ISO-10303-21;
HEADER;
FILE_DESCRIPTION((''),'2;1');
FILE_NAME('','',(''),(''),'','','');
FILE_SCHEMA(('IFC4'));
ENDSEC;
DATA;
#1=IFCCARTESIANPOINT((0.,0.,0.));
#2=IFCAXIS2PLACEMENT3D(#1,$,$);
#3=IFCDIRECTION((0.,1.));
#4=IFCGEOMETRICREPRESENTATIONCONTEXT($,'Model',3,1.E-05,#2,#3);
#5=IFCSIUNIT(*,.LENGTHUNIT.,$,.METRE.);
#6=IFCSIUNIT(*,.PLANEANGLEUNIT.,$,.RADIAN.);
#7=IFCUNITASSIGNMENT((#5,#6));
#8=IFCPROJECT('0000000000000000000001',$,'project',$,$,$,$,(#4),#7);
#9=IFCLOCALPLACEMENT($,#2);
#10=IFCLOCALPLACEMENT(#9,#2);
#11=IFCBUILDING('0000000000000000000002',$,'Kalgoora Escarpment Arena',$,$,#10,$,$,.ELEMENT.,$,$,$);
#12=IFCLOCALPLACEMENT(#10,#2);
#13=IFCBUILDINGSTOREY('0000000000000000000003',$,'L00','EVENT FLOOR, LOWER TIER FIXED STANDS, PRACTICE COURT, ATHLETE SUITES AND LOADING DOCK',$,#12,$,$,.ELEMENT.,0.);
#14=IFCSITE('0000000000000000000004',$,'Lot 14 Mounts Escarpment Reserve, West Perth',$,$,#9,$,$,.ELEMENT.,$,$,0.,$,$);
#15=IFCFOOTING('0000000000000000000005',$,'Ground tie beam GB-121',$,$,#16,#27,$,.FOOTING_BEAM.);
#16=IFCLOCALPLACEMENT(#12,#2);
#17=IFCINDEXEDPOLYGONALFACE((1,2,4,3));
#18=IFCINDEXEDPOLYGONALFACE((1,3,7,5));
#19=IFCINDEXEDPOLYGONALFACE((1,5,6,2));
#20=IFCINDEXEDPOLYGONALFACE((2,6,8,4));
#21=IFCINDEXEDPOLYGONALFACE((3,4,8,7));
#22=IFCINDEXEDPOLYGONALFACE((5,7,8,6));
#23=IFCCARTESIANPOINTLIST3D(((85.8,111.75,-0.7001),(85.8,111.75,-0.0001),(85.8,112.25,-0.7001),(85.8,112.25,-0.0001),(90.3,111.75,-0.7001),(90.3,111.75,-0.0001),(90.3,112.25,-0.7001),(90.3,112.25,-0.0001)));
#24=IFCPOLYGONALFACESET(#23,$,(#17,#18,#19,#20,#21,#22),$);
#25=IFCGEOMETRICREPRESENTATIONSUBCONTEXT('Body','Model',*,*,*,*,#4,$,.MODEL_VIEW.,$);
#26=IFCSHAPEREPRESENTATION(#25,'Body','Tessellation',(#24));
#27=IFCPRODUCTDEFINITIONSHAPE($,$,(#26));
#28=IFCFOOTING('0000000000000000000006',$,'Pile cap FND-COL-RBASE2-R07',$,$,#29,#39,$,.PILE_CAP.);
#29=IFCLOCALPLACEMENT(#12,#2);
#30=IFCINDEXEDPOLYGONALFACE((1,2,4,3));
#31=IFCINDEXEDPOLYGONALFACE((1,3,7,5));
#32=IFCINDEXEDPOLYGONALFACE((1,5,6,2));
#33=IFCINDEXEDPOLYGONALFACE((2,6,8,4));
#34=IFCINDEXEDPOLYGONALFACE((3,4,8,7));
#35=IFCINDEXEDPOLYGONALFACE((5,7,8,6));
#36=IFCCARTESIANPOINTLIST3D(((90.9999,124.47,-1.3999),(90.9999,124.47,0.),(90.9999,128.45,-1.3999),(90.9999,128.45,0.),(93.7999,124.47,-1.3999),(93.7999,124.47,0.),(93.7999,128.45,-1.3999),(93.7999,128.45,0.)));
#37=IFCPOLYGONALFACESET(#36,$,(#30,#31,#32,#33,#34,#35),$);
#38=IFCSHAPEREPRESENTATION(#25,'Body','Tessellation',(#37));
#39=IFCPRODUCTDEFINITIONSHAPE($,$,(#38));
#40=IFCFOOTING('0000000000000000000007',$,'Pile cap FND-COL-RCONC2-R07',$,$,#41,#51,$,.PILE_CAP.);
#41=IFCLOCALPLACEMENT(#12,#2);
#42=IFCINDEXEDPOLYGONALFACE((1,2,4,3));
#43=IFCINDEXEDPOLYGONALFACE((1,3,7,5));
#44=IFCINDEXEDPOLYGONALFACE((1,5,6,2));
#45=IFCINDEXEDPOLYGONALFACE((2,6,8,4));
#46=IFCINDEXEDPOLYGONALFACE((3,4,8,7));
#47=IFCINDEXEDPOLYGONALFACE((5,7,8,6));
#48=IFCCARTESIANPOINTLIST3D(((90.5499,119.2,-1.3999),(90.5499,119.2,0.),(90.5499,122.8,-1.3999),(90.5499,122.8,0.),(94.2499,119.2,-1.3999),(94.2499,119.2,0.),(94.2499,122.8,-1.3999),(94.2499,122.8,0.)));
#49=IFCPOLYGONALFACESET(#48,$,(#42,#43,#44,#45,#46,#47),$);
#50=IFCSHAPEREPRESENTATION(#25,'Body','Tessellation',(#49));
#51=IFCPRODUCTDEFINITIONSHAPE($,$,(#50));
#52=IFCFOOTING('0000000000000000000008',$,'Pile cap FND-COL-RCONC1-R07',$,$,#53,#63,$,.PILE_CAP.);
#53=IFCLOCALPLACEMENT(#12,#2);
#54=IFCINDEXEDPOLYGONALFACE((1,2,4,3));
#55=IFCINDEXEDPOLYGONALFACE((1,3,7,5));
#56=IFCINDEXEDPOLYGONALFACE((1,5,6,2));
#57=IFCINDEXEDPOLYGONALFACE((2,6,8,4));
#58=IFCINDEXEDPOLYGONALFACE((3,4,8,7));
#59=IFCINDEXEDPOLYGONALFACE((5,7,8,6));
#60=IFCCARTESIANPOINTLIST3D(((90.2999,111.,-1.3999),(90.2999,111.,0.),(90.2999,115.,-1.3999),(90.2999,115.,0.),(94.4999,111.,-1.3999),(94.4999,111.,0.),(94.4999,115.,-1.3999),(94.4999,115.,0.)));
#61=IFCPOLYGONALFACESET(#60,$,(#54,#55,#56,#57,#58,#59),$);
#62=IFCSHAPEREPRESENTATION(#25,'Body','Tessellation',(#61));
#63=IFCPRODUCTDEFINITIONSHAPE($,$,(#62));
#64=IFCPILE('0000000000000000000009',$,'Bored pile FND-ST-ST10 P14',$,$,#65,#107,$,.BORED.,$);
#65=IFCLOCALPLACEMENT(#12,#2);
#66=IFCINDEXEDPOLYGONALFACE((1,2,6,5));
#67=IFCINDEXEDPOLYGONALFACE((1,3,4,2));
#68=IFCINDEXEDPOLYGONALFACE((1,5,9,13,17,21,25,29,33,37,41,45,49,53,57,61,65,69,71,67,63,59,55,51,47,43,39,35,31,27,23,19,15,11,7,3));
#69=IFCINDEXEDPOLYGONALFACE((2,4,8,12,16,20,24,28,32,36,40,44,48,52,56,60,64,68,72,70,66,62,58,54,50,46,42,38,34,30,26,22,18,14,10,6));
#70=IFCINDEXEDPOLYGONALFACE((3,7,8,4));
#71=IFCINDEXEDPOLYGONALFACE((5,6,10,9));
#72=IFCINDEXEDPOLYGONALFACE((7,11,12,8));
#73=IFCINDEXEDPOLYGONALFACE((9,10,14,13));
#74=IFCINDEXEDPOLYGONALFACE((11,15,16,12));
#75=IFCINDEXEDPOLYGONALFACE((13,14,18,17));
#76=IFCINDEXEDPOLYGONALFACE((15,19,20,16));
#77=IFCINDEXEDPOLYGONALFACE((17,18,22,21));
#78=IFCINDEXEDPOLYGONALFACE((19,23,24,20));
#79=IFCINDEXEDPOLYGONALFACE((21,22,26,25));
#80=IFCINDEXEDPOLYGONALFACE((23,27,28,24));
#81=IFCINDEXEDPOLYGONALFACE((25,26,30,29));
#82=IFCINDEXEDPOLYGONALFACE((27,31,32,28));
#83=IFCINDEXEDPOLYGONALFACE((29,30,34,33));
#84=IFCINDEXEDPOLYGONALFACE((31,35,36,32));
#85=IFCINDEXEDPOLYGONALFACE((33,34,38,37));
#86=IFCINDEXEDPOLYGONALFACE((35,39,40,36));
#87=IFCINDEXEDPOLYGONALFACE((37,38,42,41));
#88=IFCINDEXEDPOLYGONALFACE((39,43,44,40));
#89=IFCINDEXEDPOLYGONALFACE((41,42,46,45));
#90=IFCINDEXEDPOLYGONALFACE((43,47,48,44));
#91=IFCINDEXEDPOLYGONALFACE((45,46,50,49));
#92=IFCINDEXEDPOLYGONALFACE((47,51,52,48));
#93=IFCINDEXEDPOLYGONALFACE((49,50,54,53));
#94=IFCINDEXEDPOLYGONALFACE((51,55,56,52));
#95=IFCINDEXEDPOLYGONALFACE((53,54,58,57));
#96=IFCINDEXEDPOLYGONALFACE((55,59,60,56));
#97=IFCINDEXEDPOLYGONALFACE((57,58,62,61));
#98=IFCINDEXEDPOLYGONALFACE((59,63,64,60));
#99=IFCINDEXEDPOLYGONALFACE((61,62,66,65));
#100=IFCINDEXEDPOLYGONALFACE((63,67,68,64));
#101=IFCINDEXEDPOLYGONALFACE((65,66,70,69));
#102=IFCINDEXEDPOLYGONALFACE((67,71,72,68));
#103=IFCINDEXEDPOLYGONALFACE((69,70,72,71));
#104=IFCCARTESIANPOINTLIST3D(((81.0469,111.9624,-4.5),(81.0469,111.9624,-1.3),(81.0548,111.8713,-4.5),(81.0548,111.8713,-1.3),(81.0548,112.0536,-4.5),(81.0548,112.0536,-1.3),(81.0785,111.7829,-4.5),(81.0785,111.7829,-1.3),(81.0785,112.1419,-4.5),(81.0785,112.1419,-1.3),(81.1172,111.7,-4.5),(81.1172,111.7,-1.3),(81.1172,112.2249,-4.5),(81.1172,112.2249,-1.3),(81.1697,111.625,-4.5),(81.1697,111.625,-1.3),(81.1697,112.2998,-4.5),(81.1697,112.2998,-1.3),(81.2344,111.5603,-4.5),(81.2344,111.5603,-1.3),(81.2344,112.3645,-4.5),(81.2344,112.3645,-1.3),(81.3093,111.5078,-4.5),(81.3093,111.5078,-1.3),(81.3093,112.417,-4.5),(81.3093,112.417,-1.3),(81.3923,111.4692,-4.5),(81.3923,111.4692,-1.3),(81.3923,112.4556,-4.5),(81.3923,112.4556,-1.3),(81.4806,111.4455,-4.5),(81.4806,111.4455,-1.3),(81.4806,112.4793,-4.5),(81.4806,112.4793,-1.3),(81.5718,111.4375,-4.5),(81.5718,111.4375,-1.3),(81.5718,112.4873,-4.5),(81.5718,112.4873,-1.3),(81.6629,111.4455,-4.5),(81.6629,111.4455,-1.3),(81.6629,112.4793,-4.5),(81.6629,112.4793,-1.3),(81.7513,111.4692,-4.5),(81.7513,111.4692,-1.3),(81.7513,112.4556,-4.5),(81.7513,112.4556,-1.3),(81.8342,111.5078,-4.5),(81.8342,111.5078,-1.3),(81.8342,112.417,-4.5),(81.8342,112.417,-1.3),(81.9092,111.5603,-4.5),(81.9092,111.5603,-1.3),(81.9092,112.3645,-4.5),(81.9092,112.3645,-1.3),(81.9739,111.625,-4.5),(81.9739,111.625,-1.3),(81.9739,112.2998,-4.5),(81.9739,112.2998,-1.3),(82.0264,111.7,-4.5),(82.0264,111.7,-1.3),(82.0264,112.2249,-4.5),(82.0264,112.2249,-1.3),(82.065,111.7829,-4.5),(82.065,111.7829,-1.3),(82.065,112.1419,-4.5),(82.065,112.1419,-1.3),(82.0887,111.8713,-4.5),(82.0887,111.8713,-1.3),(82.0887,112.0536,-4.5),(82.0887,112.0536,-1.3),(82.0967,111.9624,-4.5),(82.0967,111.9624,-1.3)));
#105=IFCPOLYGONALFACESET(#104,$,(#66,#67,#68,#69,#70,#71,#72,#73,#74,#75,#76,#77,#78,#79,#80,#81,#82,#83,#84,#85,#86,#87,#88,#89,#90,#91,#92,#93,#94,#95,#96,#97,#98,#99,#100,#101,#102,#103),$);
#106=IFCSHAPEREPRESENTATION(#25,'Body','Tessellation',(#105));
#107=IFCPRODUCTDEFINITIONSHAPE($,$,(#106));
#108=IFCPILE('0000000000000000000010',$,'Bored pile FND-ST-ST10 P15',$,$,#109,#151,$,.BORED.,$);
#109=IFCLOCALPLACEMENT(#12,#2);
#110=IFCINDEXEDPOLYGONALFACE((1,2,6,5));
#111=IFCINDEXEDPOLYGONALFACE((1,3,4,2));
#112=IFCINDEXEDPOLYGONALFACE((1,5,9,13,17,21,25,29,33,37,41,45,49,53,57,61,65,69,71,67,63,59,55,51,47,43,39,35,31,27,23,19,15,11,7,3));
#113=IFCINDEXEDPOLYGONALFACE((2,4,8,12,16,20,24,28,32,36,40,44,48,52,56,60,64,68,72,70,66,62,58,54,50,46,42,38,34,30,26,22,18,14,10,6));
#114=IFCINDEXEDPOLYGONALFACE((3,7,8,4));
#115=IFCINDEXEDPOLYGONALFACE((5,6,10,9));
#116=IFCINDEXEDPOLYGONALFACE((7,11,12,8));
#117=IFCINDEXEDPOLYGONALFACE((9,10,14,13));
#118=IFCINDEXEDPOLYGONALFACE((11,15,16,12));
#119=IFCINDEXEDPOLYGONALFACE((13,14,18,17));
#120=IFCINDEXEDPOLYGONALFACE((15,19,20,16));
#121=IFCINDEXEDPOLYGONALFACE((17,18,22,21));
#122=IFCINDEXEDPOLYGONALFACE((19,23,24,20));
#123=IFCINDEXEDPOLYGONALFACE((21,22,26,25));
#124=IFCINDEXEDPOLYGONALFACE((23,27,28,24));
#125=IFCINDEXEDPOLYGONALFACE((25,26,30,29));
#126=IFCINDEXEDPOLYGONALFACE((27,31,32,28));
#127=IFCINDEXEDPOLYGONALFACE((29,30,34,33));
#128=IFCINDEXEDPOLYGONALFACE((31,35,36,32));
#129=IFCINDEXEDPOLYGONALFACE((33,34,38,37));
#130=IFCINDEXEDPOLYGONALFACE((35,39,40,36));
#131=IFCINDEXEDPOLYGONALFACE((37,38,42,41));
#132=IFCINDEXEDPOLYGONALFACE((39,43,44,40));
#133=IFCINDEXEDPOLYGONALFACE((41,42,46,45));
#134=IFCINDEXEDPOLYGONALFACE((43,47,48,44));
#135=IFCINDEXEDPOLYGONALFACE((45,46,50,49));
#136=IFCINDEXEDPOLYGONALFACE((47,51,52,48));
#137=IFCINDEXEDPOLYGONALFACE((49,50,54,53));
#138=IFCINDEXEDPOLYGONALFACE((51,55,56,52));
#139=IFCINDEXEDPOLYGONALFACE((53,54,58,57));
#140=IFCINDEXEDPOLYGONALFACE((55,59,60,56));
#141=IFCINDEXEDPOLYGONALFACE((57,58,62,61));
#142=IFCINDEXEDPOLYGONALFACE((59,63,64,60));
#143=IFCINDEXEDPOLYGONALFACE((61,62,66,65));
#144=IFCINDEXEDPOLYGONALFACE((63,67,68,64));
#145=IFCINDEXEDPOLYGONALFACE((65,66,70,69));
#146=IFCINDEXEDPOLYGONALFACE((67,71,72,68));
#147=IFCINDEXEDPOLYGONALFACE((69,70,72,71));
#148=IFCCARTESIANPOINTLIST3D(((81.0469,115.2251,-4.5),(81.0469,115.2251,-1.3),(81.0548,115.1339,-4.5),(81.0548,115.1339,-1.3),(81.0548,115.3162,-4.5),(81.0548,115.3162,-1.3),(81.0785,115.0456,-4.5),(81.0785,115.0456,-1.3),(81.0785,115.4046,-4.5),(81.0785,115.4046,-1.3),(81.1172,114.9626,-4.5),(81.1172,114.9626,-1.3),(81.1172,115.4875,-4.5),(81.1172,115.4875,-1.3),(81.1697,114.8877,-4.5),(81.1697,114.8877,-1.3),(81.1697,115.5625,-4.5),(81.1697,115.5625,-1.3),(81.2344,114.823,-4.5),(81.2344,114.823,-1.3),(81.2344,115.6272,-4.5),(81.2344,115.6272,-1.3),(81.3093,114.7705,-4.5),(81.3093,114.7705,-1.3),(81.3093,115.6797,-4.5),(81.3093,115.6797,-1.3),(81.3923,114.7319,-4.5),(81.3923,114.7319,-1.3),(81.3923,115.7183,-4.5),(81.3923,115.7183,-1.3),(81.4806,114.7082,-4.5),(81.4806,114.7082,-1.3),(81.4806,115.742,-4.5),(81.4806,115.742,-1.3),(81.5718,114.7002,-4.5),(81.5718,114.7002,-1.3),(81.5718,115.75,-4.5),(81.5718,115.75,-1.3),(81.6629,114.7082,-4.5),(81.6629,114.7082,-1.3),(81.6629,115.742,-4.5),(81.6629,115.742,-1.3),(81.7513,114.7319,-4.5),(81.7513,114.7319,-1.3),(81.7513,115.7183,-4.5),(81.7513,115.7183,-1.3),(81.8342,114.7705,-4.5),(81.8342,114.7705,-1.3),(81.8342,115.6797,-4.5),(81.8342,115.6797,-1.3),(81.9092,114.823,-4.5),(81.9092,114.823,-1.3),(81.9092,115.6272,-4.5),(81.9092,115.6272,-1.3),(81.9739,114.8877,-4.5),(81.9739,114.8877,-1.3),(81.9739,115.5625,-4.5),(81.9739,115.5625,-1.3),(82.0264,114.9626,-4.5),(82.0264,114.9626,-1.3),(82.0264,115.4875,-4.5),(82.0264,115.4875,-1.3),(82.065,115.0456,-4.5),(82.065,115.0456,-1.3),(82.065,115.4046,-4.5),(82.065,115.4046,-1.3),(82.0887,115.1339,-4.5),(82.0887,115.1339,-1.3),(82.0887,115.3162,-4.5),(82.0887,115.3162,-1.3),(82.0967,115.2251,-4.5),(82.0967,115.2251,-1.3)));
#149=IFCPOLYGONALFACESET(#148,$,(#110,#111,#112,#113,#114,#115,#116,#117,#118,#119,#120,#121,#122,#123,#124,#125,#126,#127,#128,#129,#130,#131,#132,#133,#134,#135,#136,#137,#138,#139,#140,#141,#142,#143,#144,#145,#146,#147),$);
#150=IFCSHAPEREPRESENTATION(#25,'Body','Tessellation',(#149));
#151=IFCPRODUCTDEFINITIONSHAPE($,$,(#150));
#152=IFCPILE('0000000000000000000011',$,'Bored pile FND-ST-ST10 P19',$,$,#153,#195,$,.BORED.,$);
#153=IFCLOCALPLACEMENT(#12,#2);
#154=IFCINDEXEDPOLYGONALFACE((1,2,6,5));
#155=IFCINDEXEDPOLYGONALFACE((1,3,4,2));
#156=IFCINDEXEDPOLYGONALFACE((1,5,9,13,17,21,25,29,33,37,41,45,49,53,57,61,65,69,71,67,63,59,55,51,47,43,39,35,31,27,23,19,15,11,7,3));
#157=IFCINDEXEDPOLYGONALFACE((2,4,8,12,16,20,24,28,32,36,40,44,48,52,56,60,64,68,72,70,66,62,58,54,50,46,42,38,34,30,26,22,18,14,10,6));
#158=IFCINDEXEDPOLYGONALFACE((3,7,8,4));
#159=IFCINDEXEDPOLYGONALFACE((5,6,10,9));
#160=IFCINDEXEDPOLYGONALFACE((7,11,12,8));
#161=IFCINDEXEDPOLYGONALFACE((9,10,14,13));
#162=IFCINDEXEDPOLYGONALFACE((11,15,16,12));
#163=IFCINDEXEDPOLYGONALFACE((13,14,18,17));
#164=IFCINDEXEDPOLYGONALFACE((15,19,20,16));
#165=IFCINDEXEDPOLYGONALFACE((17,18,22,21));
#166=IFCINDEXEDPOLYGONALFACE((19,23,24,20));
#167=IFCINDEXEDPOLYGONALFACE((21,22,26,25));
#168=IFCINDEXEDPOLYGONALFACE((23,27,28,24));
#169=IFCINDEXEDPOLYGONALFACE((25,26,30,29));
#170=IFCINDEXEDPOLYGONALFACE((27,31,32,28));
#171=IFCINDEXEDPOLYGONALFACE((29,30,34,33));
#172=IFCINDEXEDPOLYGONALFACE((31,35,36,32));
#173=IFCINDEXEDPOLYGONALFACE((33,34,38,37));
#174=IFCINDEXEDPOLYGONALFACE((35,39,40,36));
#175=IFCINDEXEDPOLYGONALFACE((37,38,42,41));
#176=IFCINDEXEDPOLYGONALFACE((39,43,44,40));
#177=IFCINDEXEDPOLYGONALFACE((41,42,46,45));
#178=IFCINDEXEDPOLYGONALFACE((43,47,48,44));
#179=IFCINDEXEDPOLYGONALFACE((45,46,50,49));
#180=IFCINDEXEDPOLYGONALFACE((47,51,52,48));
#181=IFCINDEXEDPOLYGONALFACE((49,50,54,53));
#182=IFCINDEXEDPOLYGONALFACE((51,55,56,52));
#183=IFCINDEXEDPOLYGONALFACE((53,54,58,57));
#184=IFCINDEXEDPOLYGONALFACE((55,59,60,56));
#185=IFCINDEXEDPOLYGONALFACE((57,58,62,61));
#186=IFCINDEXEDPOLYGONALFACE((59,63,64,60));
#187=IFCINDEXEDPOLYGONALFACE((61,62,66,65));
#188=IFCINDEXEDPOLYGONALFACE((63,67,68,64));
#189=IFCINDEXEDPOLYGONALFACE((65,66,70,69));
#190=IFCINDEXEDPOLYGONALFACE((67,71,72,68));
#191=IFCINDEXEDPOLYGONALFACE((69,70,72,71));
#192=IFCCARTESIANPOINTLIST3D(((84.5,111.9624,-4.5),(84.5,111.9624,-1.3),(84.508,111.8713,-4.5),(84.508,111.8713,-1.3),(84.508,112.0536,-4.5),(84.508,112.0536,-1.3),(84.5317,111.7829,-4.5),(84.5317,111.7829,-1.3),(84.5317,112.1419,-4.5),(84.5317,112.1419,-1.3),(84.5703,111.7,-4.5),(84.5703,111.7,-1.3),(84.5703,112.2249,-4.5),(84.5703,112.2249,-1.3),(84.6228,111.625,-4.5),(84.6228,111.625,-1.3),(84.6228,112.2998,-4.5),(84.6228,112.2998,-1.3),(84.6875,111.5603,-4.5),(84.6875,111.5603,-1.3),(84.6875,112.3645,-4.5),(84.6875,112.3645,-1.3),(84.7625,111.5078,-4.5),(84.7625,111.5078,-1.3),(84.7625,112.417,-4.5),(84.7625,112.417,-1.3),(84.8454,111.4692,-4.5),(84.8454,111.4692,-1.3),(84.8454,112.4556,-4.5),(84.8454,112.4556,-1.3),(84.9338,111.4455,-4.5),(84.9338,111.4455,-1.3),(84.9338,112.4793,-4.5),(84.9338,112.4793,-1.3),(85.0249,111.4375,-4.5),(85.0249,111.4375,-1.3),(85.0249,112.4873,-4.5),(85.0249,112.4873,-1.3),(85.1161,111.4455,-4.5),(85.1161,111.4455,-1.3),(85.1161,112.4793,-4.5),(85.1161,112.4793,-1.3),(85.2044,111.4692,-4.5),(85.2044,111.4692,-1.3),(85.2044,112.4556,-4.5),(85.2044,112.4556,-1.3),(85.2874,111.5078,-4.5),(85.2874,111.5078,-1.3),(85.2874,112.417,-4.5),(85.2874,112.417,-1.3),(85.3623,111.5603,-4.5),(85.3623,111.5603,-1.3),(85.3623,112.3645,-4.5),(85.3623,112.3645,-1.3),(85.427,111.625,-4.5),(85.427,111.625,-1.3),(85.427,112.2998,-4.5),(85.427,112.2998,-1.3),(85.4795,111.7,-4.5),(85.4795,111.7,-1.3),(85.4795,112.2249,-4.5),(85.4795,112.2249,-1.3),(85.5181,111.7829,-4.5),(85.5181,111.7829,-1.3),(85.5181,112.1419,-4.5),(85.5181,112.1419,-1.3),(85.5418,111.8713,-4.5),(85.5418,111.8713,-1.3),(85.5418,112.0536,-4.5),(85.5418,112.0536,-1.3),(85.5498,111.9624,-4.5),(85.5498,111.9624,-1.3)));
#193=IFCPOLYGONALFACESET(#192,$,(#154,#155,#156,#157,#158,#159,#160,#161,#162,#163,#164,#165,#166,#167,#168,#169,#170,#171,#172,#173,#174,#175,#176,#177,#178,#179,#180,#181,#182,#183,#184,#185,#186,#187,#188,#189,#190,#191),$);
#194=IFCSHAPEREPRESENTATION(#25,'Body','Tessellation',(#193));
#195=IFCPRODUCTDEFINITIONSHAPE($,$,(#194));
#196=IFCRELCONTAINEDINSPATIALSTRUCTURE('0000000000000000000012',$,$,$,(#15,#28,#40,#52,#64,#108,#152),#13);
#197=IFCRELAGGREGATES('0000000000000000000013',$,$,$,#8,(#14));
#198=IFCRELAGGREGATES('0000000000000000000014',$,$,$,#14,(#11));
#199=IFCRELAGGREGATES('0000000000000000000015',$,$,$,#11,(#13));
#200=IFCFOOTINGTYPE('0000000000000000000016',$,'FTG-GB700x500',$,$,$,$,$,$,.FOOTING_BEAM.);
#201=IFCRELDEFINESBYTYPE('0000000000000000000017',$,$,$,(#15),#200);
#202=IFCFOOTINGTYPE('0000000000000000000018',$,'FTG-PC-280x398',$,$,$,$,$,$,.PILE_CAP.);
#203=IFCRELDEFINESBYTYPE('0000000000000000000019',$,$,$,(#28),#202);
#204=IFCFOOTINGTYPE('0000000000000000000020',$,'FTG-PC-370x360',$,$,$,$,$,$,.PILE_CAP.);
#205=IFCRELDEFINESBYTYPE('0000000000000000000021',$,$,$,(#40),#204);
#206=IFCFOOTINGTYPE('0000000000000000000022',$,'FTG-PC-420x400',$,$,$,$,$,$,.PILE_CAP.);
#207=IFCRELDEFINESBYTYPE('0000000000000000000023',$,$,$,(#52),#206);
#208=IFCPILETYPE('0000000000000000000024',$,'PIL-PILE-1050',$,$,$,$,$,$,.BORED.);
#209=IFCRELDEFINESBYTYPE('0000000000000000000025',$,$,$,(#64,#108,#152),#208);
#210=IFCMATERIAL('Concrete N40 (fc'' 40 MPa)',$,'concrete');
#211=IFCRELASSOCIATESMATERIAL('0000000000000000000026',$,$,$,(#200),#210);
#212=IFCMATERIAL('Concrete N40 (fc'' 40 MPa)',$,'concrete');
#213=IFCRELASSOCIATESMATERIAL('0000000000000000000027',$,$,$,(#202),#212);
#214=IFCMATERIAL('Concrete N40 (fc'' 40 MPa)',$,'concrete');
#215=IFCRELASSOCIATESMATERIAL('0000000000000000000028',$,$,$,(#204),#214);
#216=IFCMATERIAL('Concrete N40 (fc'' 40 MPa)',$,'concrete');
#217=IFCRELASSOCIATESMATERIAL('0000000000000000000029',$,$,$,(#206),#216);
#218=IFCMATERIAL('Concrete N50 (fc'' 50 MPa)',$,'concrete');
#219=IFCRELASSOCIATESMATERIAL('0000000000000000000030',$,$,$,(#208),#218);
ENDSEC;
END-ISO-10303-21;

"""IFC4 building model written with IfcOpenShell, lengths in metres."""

from ifc_helpers import new_model, si_unit, direction, frame, origin, origin_2d, place, context, subcontext, project, spatial, rectangle, circle, extrude, material, material_profile, profile_set, type_object, element, save


model = new_model("IFC4")

# Units and contexts
model_context = context("Model", 3, precision=1e-05, world=origin(), true_north=direction((0.0, 1.0)))
body_context = subcontext(model_context, "Body", "Model", "MODEL_VIEW")
ifc_project = project(units=[si_unit("LENGTHUNIT", "METRE"), si_unit("PLANEANGLEUNIT", "RADIAN")], contexts=[model_context])

# Site, building, storey
site_placement = place(None, origin())
site = spatial("IfcSite", under=ifc_project, at=site_placement, Name="Lot 14 Mounts Escarpment Reserve, West Perth", CompositionType="ELEMENT", RefElevation=0.0)
building_placement = place(site_placement, origin())
building = spatial("IfcBuilding", under=site, at=building_placement, Name="Kalgoora Escarpment Arena", CompositionType="ELEMENT")
storey_placement = place(building_placement, origin())
storey = spatial("IfcBuildingStorey", under=building, at=storey_placement, Name="L00", Description="EVENT FLOOR, LOWER TIER FIXED STANDS, PRACTICE COURT, ATHLETE SUITES AND LOADING DOCK", CompositionType="ELEMENT", Elevation=0.0)

# Footings
ifc_material_1 = material(Name="Concrete N40 (fc' 40 MPa)", Category="concrete")
ifc_material_profile_1 = material_profile(ifc_material_1, rectangle(XDim=0.5, YDim=0.7, at=origin_2d()))
ifc_profile_set_1 = profile_set([ifc_material_profile_1], Name="Concrete N40 (fc' 40 MPa)")
footing_type_1 = type_object("IfcFootingType", Name="FTG-GB700x500", PredefinedType="FOOTING_BEAM", material=ifc_profile_set_1)
footing_1_placement = place(storey_placement, frame((85.8, 112.0, -0.3501), z_axis=(1.0, 0.0, 0.0), x_axis=(0.0, 1.0, 0.0)))
element("IfcFooting", 1, at=footing_1_placement, inside=storey, type_object=footing_type_1, Name="Ground tie beam GB-121", PredefinedType="FOOTING_BEAM", context=body_context, shape_type="SweptSolid", body=[
    extrude(rectangle(XDim=0.5, YDim=0.7, at=origin_2d()), origin(), (0.0, 0.0, 1.0), 4.5),
])
ifc_material_2 = material(Name="Concrete N40 (fc' 40 MPa)", Category="concrete")
footing_type_2 = type_object("IfcFootingType", Name="FTG-PC-280x398", PredefinedType="PILE_CAP", material=ifc_material_2)
footing_2_placement = place(storey_placement, frame((92.3999, 126.46, -1.3999), z_axis=(0.0, 0.0, 1.0), x_axis=(1.0, 0.0, 0.0)))
element("IfcFooting", 2, at=footing_2_placement, inside=storey, type_object=footing_type_2, Name="Pile cap FND-COL-RBASE2-R07", PredefinedType="PILE_CAP", context=body_context, shape_type="SweptSolid", body=[
    extrude(rectangle(XDim=2.8, YDim=3.98, at=origin_2d()), origin(), (0.0, 0.0, 1.0), 1.3999),
])
ifc_material_3 = material(Name="Concrete N40 (fc' 40 MPa)", Category="concrete")
footing_type_3 = type_object("IfcFootingType", Name="FTG-PC-370x360", PredefinedType="PILE_CAP", material=ifc_material_3)
footing_3_placement = place(storey_placement, frame((92.3999, 121.0, -1.3999), z_axis=(0.0, 0.0, 1.0), x_axis=(1.0, 0.0, 0.0)))
element("IfcFooting", 3, at=footing_3_placement, inside=storey, type_object=footing_type_3, Name="Pile cap FND-COL-RCONC2-R07", PredefinedType="PILE_CAP", context=body_context, shape_type="SweptSolid", body=[
    extrude(rectangle(XDim=3.7, YDim=3.6001, at=origin_2d()), origin(), (0.0, 0.0, 1.0), 1.3999),
])
ifc_material_4 = material(Name="Concrete N40 (fc' 40 MPa)", Category="concrete")
footing_type_4 = type_object("IfcFootingType", Name="FTG-PC-420x400", PredefinedType="PILE_CAP", material=ifc_material_4)
footing_4_placement = place(storey_placement, frame((92.3999, 113.0, -1.3999), z_axis=(0.0, 0.0, 1.0), x_axis=(1.0, 0.0, 0.0)))
element("IfcFooting", 4, at=footing_4_placement, inside=storey, type_object=footing_type_4, Name="Pile cap FND-COL-RCONC1-R07", PredefinedType="PILE_CAP", context=body_context, shape_type="SweptSolid", body=[
    extrude(rectangle(XDim=4.2, YDim=4.0, at=origin_2d()), origin(), (0.0, 0.0, 1.0), 1.3999),
])

# Piles
ifc_material_5 = material(Name="Concrete N50 (fc' 50 MPa)", Category="concrete")
ifc_material_profile_2 = material_profile(ifc_material_5, circle(Radius=0.5249, at=origin_2d()))
ifc_profile_set_2 = profile_set([ifc_material_profile_2], Name="Concrete N50 (fc' 50 MPa)")
pile_type_1 = type_object("IfcPileType", Name="PIL-PILE-1050", PredefinedType="BORED", material=ifc_profile_set_2)
for number, where, z_axis, x_axis, name in (
    (5, (81.5718, 111.9624, -1.3), (0.0, 0.0, -1.0), (1.0, 0.0, 0.0), "Bored pile FND-ST-ST10 P14"),
    (6, (81.5718, 115.2251, -1.3), (0.0, 0.0, -1.0), (1.0, 0.0, 0.0), "Bored pile FND-ST-ST10 P15"),
    (7, (85.0249, 111.9624, -1.3), (0.0, 0.0, -1.0), (1.0, 0.0, 0.0), "Bored pile FND-ST-ST10 P19"),
):
    element("IfcPile", number, at=place(storey_placement, frame(where, z_axis=z_axis, x_axis=x_axis)), inside=storey, type_object=pile_type_1, Name=name, PredefinedType="BORED", context=body_context, shape_type="SweptSolid", body=[
        extrude(circle(Radius=0.5249, at=origin_2d()), origin(), (0.0, 0.0, 1.0), 3.2),
    ])

save(model, "model.ifc")
